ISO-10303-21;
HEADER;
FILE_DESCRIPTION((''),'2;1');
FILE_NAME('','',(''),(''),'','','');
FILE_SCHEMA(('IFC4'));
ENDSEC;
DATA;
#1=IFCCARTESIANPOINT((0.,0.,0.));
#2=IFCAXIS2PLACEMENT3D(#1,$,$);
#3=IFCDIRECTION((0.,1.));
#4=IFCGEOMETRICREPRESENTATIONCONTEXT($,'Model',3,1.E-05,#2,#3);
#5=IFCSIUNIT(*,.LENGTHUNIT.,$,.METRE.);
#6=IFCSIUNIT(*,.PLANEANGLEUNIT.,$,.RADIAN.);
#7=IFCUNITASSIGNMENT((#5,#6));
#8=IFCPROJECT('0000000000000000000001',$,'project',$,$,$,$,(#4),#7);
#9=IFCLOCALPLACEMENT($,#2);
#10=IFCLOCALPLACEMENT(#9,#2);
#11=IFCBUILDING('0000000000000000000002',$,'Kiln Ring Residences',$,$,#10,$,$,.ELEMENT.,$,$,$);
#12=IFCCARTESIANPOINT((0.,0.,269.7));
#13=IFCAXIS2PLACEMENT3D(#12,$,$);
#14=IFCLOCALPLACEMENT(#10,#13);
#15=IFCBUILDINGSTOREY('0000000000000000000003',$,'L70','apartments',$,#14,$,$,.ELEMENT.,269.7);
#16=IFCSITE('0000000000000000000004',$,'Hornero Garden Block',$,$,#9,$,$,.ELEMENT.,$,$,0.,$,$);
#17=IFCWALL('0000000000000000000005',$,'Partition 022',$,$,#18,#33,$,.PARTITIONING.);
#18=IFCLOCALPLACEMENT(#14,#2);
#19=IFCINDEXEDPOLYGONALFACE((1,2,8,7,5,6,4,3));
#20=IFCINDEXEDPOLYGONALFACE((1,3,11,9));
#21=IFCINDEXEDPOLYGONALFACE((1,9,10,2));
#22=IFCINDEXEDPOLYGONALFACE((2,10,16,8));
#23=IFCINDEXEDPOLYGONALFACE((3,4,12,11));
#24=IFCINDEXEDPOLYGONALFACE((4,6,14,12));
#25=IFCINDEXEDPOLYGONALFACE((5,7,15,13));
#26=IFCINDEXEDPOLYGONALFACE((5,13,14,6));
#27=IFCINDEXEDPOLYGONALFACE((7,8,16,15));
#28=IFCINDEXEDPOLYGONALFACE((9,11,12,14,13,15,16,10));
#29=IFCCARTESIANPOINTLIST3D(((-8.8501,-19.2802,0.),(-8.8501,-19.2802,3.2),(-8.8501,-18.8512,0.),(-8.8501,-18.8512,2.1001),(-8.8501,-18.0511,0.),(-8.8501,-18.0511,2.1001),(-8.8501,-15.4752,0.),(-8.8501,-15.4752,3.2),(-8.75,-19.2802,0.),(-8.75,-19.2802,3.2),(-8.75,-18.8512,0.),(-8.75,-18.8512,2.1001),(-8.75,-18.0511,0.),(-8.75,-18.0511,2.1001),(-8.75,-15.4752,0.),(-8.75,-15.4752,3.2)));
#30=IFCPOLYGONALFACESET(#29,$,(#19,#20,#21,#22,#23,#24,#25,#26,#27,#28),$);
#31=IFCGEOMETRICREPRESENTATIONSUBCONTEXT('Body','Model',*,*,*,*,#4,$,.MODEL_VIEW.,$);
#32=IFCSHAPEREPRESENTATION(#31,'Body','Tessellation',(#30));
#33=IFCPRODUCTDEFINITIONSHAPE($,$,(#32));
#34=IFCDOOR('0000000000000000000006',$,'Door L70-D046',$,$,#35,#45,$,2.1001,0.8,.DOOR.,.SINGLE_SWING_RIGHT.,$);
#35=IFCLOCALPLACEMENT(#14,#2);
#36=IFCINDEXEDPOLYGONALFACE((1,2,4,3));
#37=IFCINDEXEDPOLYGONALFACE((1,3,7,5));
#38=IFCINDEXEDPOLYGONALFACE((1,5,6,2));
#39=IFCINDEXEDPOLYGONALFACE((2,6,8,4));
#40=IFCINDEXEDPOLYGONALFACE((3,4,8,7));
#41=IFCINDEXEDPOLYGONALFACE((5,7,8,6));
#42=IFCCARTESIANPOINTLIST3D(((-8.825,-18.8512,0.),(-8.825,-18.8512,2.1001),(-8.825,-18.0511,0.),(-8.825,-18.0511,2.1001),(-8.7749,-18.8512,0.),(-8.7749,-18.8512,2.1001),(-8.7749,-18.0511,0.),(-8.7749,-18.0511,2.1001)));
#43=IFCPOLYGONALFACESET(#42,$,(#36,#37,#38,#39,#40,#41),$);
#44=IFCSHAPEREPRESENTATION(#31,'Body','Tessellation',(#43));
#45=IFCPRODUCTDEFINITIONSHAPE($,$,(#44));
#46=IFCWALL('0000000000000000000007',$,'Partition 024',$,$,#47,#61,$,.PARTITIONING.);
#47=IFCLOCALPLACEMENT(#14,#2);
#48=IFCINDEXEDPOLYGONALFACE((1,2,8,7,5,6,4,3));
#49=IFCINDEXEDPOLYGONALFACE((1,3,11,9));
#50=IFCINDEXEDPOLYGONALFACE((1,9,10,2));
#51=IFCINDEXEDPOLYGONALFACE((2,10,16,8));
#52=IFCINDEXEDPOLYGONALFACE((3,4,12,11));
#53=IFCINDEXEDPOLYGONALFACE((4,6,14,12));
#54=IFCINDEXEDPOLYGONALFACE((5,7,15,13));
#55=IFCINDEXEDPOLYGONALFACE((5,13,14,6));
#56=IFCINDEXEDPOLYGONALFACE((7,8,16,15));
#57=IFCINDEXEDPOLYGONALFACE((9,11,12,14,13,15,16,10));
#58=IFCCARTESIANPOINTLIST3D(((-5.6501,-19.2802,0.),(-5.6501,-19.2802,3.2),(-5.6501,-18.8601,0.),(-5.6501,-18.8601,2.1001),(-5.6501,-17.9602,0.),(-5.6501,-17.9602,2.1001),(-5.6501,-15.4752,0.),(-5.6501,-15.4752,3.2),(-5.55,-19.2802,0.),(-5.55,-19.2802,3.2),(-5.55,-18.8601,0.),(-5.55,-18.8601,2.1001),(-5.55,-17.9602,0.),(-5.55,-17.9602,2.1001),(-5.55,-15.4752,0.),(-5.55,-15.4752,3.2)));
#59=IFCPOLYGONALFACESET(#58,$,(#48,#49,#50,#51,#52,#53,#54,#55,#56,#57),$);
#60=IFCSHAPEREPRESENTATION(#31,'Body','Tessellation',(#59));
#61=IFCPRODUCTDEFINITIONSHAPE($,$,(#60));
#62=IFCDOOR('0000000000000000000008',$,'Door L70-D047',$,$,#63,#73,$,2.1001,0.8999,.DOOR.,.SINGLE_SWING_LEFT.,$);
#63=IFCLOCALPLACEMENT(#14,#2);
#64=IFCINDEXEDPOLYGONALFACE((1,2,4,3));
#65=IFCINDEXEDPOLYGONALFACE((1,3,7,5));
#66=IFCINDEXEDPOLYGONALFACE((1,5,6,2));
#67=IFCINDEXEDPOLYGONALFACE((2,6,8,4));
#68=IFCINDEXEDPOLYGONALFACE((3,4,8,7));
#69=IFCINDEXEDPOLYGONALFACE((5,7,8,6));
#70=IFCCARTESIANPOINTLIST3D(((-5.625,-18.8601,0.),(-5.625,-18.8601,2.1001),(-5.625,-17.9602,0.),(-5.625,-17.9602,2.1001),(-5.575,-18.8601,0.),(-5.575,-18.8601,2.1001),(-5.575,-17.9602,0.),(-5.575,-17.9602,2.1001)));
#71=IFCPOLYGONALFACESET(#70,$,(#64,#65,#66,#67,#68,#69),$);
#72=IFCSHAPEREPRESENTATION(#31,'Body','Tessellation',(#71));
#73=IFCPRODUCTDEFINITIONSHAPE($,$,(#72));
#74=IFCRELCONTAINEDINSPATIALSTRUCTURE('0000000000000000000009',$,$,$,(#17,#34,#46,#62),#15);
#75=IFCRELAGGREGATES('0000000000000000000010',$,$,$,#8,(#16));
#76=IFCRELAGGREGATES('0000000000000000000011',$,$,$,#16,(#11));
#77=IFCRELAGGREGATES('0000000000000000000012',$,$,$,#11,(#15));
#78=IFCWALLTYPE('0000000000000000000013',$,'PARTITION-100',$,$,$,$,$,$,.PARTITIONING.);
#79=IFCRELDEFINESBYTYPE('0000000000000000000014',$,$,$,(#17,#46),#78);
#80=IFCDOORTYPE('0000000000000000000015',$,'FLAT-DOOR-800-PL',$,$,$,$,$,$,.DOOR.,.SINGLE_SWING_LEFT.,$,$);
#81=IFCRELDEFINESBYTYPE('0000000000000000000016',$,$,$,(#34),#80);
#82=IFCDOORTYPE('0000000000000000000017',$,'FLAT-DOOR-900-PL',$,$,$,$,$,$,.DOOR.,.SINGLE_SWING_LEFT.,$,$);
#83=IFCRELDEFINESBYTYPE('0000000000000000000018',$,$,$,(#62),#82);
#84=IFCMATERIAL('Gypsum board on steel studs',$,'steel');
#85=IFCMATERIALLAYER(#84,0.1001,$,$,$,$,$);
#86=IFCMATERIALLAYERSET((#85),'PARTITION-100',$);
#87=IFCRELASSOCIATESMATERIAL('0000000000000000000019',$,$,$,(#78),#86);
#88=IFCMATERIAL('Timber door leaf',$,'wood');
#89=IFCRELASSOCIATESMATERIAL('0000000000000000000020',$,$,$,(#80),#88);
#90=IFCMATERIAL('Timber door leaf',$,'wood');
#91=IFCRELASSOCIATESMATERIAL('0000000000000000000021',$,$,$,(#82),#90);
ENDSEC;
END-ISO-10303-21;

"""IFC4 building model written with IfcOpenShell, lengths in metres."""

from ifc_helpers import new_model, si_unit, direction, frame, frame_2d, origin, place, context, subcontext, project, spatial, rectangle, extrude, material, layer, layer_set, type_object, element, fill, save


model = new_model("IFC4")

# Units and contexts
model_context = context("Model", 3, precision=1e-05, world=origin(), true_north=direction((0.0, 1.0)))
body_context = subcontext(model_context, "Body", "Model", "MODEL_VIEW")
ifc_project = project(units=[si_unit("LENGTHUNIT", "METRE"), si_unit("PLANEANGLEUNIT", "RADIAN")], contexts=[model_context])

# Site, building, storey
site_placement = place(None, origin())
site = spatial("IfcSite", under=ifc_project, at=site_placement, Name="Hornero Garden Block", CompositionType="ELEMENT", RefElevation=0.0)
building_placement = place(site_placement, origin())
building = spatial("IfcBuilding", under=site, at=building_placement, Name="Kiln Ring Residences", CompositionType="ELEMENT")
storey_placement = place(building_placement, frame((0.0, 0.0, 269.7)))
storey = spatial("IfcBuildingStorey", under=building, at=storey_placement, Name="L70", Description="apartments", CompositionType="ELEMENT", Elevation=269.7)

# Walls, openings, doors
ifc_material_1 = material(Name="Gypsum board on steel studs", Category="steel")
ifc_layer_1 = layer(ifc_material_1, 0.1001)
ifc_layer_set_1 = layer_set([ifc_layer_1], Name="PARTITION-100")
wall_type_1 = type_object("IfcWallType", Name="PARTITION-100", PredefinedType="PARTITIONING", material=ifc_layer_set_1)
wall_1_placement = place(storey_placement, frame((-8.8, -19.28, 0.0), z_axis=(0.0, 0.0, 1.0), x_axis=(0.0, 1.0, 0.0)))
wall_1 = element("IfcWall", 1, at=wall_1_placement, inside=storey, type_object=wall_type_1, Name="Partition 022", PredefinedType="PARTITIONING", context=body_context, shape_type="SweptSolid", body=[
    extrude(rectangle(XDim=3.8049, YDim=0.1001, at=frame_2d((1.9023, 0.0))), origin(), (0.0, 0.0, 1.0), 3.2),
])
opening_1_placement = place(wall_1_placement, frame((0.429, 0.0, 0.0)))
opening_1 = element("IfcOpeningElement", 2, at=opening_1_placement, cuts=wall_1, PredefinedType="OPENING", context=body_context, shape_type="SweptSolid", body=[
    extrude(rectangle(XDim=0.8, YDim=2.1001, at=frame_2d((0.3999, 1.05))), frame((0.0, 0.0601, 0.0), z_axis=(0.0, -1.0, 0.0), x_axis=(1.0, 0.0, 0.0)), (0.0, 0.0, 1.0), 0.1201),
])
ifc_material_2 = material(Name="Timber door leaf", Category="wood")
door_type_1 = type_object("IfcDoorType", Name="FLAT-DOOR-800-PL", OperationType="SINGLE_SWING_LEFT", PredefinedType="DOOR", material=ifc_material_2)
door_1_placement = place(opening_1_placement, origin())
door_1 = element("IfcDoor", 3, at=door_1_placement, inside=storey, type_object=door_type_1, Name="Door L70-D046", OperationType="SINGLE_SWING_RIGHT", OverallHeight=2.1001, OverallWidth=0.8, PredefinedType="DOOR", context=body_context, shape_type="SweptSolid", body=[
    extrude(rectangle(XDim=0.8, YDim=2.1001, at=frame_2d((0.3999, 1.05))), frame((0.0, 0.0249, 0.0), z_axis=(0.0, -1.0, 0.0), x_axis=(1.0, 0.0, 0.0)), (0.0, 0.0, 1.0), 0.05),
])
fill(opening_1, door_1)
wall_2_placement = place(storey_placement, frame((-5.6001, -19.28, 0.0), z_axis=(0.0, 0.0, 1.0), x_axis=(0.0, 1.0, 0.0)))
wall_2 = element("IfcWall", 4, at=wall_2_placement, inside=storey, type_object=wall_type_1, Name="Partition 024", PredefinedType="PARTITIONING", context=body_context, shape_type="SweptSolid", body=[
    extrude(rectangle(XDim=3.8049, YDim=0.1001, at=frame_2d((1.9023, 0.0))), origin(), (0.0, 0.0, 1.0), 3.2),
])
opening_2_placement = place(wall_2_placement, frame((0.4199, 0.0, 0.0)))
opening_2 = element("IfcOpeningElement", 5, at=opening_2_placement, cuts=wall_2, PredefinedType="OPENING", context=body_context, shape_type="SweptSolid", body=[
    extrude(rectangle(XDim=0.8999, YDim=2.1001, at=frame_2d((0.45, 1.05))), frame((0.0, 0.0601, 0.0), z_axis=(0.0, -1.0, 0.0), x_axis=(1.0, 0.0, 0.0)), (0.0, 0.0, 1.0), 0.1201),
])
ifc_material_3 = material(Name="Timber door leaf", Category="wood")
door_type_2 = type_object("IfcDoorType", Name="FLAT-DOOR-900-PL", OperationType="SINGLE_SWING_LEFT", PredefinedType="DOOR", material=ifc_material_3)
door_2_placement = place(opening_2_placement, origin())
door_2 = element("IfcDoor", 6, at=door_2_placement, inside=storey, type_object=door_type_2, Name="Door L70-D047", OperationType="SINGLE_SWING_LEFT", OverallHeight=2.1001, OverallWidth=0.8999, PredefinedType="DOOR", context=body_context, shape_type="SweptSolid", body=[
    extrude(rectangle(XDim=0.8999, YDim=2.1001, at=frame_2d((0.45, 1.05))), frame((0.0, 0.0249, 0.0), z_axis=(0.0, -1.0, 0.0), x_axis=(1.0, 0.0, 0.0)), (0.0, 0.0, 1.0), 0.05),
])
fill(opening_2, door_2)

save(model, "model.ifc")
